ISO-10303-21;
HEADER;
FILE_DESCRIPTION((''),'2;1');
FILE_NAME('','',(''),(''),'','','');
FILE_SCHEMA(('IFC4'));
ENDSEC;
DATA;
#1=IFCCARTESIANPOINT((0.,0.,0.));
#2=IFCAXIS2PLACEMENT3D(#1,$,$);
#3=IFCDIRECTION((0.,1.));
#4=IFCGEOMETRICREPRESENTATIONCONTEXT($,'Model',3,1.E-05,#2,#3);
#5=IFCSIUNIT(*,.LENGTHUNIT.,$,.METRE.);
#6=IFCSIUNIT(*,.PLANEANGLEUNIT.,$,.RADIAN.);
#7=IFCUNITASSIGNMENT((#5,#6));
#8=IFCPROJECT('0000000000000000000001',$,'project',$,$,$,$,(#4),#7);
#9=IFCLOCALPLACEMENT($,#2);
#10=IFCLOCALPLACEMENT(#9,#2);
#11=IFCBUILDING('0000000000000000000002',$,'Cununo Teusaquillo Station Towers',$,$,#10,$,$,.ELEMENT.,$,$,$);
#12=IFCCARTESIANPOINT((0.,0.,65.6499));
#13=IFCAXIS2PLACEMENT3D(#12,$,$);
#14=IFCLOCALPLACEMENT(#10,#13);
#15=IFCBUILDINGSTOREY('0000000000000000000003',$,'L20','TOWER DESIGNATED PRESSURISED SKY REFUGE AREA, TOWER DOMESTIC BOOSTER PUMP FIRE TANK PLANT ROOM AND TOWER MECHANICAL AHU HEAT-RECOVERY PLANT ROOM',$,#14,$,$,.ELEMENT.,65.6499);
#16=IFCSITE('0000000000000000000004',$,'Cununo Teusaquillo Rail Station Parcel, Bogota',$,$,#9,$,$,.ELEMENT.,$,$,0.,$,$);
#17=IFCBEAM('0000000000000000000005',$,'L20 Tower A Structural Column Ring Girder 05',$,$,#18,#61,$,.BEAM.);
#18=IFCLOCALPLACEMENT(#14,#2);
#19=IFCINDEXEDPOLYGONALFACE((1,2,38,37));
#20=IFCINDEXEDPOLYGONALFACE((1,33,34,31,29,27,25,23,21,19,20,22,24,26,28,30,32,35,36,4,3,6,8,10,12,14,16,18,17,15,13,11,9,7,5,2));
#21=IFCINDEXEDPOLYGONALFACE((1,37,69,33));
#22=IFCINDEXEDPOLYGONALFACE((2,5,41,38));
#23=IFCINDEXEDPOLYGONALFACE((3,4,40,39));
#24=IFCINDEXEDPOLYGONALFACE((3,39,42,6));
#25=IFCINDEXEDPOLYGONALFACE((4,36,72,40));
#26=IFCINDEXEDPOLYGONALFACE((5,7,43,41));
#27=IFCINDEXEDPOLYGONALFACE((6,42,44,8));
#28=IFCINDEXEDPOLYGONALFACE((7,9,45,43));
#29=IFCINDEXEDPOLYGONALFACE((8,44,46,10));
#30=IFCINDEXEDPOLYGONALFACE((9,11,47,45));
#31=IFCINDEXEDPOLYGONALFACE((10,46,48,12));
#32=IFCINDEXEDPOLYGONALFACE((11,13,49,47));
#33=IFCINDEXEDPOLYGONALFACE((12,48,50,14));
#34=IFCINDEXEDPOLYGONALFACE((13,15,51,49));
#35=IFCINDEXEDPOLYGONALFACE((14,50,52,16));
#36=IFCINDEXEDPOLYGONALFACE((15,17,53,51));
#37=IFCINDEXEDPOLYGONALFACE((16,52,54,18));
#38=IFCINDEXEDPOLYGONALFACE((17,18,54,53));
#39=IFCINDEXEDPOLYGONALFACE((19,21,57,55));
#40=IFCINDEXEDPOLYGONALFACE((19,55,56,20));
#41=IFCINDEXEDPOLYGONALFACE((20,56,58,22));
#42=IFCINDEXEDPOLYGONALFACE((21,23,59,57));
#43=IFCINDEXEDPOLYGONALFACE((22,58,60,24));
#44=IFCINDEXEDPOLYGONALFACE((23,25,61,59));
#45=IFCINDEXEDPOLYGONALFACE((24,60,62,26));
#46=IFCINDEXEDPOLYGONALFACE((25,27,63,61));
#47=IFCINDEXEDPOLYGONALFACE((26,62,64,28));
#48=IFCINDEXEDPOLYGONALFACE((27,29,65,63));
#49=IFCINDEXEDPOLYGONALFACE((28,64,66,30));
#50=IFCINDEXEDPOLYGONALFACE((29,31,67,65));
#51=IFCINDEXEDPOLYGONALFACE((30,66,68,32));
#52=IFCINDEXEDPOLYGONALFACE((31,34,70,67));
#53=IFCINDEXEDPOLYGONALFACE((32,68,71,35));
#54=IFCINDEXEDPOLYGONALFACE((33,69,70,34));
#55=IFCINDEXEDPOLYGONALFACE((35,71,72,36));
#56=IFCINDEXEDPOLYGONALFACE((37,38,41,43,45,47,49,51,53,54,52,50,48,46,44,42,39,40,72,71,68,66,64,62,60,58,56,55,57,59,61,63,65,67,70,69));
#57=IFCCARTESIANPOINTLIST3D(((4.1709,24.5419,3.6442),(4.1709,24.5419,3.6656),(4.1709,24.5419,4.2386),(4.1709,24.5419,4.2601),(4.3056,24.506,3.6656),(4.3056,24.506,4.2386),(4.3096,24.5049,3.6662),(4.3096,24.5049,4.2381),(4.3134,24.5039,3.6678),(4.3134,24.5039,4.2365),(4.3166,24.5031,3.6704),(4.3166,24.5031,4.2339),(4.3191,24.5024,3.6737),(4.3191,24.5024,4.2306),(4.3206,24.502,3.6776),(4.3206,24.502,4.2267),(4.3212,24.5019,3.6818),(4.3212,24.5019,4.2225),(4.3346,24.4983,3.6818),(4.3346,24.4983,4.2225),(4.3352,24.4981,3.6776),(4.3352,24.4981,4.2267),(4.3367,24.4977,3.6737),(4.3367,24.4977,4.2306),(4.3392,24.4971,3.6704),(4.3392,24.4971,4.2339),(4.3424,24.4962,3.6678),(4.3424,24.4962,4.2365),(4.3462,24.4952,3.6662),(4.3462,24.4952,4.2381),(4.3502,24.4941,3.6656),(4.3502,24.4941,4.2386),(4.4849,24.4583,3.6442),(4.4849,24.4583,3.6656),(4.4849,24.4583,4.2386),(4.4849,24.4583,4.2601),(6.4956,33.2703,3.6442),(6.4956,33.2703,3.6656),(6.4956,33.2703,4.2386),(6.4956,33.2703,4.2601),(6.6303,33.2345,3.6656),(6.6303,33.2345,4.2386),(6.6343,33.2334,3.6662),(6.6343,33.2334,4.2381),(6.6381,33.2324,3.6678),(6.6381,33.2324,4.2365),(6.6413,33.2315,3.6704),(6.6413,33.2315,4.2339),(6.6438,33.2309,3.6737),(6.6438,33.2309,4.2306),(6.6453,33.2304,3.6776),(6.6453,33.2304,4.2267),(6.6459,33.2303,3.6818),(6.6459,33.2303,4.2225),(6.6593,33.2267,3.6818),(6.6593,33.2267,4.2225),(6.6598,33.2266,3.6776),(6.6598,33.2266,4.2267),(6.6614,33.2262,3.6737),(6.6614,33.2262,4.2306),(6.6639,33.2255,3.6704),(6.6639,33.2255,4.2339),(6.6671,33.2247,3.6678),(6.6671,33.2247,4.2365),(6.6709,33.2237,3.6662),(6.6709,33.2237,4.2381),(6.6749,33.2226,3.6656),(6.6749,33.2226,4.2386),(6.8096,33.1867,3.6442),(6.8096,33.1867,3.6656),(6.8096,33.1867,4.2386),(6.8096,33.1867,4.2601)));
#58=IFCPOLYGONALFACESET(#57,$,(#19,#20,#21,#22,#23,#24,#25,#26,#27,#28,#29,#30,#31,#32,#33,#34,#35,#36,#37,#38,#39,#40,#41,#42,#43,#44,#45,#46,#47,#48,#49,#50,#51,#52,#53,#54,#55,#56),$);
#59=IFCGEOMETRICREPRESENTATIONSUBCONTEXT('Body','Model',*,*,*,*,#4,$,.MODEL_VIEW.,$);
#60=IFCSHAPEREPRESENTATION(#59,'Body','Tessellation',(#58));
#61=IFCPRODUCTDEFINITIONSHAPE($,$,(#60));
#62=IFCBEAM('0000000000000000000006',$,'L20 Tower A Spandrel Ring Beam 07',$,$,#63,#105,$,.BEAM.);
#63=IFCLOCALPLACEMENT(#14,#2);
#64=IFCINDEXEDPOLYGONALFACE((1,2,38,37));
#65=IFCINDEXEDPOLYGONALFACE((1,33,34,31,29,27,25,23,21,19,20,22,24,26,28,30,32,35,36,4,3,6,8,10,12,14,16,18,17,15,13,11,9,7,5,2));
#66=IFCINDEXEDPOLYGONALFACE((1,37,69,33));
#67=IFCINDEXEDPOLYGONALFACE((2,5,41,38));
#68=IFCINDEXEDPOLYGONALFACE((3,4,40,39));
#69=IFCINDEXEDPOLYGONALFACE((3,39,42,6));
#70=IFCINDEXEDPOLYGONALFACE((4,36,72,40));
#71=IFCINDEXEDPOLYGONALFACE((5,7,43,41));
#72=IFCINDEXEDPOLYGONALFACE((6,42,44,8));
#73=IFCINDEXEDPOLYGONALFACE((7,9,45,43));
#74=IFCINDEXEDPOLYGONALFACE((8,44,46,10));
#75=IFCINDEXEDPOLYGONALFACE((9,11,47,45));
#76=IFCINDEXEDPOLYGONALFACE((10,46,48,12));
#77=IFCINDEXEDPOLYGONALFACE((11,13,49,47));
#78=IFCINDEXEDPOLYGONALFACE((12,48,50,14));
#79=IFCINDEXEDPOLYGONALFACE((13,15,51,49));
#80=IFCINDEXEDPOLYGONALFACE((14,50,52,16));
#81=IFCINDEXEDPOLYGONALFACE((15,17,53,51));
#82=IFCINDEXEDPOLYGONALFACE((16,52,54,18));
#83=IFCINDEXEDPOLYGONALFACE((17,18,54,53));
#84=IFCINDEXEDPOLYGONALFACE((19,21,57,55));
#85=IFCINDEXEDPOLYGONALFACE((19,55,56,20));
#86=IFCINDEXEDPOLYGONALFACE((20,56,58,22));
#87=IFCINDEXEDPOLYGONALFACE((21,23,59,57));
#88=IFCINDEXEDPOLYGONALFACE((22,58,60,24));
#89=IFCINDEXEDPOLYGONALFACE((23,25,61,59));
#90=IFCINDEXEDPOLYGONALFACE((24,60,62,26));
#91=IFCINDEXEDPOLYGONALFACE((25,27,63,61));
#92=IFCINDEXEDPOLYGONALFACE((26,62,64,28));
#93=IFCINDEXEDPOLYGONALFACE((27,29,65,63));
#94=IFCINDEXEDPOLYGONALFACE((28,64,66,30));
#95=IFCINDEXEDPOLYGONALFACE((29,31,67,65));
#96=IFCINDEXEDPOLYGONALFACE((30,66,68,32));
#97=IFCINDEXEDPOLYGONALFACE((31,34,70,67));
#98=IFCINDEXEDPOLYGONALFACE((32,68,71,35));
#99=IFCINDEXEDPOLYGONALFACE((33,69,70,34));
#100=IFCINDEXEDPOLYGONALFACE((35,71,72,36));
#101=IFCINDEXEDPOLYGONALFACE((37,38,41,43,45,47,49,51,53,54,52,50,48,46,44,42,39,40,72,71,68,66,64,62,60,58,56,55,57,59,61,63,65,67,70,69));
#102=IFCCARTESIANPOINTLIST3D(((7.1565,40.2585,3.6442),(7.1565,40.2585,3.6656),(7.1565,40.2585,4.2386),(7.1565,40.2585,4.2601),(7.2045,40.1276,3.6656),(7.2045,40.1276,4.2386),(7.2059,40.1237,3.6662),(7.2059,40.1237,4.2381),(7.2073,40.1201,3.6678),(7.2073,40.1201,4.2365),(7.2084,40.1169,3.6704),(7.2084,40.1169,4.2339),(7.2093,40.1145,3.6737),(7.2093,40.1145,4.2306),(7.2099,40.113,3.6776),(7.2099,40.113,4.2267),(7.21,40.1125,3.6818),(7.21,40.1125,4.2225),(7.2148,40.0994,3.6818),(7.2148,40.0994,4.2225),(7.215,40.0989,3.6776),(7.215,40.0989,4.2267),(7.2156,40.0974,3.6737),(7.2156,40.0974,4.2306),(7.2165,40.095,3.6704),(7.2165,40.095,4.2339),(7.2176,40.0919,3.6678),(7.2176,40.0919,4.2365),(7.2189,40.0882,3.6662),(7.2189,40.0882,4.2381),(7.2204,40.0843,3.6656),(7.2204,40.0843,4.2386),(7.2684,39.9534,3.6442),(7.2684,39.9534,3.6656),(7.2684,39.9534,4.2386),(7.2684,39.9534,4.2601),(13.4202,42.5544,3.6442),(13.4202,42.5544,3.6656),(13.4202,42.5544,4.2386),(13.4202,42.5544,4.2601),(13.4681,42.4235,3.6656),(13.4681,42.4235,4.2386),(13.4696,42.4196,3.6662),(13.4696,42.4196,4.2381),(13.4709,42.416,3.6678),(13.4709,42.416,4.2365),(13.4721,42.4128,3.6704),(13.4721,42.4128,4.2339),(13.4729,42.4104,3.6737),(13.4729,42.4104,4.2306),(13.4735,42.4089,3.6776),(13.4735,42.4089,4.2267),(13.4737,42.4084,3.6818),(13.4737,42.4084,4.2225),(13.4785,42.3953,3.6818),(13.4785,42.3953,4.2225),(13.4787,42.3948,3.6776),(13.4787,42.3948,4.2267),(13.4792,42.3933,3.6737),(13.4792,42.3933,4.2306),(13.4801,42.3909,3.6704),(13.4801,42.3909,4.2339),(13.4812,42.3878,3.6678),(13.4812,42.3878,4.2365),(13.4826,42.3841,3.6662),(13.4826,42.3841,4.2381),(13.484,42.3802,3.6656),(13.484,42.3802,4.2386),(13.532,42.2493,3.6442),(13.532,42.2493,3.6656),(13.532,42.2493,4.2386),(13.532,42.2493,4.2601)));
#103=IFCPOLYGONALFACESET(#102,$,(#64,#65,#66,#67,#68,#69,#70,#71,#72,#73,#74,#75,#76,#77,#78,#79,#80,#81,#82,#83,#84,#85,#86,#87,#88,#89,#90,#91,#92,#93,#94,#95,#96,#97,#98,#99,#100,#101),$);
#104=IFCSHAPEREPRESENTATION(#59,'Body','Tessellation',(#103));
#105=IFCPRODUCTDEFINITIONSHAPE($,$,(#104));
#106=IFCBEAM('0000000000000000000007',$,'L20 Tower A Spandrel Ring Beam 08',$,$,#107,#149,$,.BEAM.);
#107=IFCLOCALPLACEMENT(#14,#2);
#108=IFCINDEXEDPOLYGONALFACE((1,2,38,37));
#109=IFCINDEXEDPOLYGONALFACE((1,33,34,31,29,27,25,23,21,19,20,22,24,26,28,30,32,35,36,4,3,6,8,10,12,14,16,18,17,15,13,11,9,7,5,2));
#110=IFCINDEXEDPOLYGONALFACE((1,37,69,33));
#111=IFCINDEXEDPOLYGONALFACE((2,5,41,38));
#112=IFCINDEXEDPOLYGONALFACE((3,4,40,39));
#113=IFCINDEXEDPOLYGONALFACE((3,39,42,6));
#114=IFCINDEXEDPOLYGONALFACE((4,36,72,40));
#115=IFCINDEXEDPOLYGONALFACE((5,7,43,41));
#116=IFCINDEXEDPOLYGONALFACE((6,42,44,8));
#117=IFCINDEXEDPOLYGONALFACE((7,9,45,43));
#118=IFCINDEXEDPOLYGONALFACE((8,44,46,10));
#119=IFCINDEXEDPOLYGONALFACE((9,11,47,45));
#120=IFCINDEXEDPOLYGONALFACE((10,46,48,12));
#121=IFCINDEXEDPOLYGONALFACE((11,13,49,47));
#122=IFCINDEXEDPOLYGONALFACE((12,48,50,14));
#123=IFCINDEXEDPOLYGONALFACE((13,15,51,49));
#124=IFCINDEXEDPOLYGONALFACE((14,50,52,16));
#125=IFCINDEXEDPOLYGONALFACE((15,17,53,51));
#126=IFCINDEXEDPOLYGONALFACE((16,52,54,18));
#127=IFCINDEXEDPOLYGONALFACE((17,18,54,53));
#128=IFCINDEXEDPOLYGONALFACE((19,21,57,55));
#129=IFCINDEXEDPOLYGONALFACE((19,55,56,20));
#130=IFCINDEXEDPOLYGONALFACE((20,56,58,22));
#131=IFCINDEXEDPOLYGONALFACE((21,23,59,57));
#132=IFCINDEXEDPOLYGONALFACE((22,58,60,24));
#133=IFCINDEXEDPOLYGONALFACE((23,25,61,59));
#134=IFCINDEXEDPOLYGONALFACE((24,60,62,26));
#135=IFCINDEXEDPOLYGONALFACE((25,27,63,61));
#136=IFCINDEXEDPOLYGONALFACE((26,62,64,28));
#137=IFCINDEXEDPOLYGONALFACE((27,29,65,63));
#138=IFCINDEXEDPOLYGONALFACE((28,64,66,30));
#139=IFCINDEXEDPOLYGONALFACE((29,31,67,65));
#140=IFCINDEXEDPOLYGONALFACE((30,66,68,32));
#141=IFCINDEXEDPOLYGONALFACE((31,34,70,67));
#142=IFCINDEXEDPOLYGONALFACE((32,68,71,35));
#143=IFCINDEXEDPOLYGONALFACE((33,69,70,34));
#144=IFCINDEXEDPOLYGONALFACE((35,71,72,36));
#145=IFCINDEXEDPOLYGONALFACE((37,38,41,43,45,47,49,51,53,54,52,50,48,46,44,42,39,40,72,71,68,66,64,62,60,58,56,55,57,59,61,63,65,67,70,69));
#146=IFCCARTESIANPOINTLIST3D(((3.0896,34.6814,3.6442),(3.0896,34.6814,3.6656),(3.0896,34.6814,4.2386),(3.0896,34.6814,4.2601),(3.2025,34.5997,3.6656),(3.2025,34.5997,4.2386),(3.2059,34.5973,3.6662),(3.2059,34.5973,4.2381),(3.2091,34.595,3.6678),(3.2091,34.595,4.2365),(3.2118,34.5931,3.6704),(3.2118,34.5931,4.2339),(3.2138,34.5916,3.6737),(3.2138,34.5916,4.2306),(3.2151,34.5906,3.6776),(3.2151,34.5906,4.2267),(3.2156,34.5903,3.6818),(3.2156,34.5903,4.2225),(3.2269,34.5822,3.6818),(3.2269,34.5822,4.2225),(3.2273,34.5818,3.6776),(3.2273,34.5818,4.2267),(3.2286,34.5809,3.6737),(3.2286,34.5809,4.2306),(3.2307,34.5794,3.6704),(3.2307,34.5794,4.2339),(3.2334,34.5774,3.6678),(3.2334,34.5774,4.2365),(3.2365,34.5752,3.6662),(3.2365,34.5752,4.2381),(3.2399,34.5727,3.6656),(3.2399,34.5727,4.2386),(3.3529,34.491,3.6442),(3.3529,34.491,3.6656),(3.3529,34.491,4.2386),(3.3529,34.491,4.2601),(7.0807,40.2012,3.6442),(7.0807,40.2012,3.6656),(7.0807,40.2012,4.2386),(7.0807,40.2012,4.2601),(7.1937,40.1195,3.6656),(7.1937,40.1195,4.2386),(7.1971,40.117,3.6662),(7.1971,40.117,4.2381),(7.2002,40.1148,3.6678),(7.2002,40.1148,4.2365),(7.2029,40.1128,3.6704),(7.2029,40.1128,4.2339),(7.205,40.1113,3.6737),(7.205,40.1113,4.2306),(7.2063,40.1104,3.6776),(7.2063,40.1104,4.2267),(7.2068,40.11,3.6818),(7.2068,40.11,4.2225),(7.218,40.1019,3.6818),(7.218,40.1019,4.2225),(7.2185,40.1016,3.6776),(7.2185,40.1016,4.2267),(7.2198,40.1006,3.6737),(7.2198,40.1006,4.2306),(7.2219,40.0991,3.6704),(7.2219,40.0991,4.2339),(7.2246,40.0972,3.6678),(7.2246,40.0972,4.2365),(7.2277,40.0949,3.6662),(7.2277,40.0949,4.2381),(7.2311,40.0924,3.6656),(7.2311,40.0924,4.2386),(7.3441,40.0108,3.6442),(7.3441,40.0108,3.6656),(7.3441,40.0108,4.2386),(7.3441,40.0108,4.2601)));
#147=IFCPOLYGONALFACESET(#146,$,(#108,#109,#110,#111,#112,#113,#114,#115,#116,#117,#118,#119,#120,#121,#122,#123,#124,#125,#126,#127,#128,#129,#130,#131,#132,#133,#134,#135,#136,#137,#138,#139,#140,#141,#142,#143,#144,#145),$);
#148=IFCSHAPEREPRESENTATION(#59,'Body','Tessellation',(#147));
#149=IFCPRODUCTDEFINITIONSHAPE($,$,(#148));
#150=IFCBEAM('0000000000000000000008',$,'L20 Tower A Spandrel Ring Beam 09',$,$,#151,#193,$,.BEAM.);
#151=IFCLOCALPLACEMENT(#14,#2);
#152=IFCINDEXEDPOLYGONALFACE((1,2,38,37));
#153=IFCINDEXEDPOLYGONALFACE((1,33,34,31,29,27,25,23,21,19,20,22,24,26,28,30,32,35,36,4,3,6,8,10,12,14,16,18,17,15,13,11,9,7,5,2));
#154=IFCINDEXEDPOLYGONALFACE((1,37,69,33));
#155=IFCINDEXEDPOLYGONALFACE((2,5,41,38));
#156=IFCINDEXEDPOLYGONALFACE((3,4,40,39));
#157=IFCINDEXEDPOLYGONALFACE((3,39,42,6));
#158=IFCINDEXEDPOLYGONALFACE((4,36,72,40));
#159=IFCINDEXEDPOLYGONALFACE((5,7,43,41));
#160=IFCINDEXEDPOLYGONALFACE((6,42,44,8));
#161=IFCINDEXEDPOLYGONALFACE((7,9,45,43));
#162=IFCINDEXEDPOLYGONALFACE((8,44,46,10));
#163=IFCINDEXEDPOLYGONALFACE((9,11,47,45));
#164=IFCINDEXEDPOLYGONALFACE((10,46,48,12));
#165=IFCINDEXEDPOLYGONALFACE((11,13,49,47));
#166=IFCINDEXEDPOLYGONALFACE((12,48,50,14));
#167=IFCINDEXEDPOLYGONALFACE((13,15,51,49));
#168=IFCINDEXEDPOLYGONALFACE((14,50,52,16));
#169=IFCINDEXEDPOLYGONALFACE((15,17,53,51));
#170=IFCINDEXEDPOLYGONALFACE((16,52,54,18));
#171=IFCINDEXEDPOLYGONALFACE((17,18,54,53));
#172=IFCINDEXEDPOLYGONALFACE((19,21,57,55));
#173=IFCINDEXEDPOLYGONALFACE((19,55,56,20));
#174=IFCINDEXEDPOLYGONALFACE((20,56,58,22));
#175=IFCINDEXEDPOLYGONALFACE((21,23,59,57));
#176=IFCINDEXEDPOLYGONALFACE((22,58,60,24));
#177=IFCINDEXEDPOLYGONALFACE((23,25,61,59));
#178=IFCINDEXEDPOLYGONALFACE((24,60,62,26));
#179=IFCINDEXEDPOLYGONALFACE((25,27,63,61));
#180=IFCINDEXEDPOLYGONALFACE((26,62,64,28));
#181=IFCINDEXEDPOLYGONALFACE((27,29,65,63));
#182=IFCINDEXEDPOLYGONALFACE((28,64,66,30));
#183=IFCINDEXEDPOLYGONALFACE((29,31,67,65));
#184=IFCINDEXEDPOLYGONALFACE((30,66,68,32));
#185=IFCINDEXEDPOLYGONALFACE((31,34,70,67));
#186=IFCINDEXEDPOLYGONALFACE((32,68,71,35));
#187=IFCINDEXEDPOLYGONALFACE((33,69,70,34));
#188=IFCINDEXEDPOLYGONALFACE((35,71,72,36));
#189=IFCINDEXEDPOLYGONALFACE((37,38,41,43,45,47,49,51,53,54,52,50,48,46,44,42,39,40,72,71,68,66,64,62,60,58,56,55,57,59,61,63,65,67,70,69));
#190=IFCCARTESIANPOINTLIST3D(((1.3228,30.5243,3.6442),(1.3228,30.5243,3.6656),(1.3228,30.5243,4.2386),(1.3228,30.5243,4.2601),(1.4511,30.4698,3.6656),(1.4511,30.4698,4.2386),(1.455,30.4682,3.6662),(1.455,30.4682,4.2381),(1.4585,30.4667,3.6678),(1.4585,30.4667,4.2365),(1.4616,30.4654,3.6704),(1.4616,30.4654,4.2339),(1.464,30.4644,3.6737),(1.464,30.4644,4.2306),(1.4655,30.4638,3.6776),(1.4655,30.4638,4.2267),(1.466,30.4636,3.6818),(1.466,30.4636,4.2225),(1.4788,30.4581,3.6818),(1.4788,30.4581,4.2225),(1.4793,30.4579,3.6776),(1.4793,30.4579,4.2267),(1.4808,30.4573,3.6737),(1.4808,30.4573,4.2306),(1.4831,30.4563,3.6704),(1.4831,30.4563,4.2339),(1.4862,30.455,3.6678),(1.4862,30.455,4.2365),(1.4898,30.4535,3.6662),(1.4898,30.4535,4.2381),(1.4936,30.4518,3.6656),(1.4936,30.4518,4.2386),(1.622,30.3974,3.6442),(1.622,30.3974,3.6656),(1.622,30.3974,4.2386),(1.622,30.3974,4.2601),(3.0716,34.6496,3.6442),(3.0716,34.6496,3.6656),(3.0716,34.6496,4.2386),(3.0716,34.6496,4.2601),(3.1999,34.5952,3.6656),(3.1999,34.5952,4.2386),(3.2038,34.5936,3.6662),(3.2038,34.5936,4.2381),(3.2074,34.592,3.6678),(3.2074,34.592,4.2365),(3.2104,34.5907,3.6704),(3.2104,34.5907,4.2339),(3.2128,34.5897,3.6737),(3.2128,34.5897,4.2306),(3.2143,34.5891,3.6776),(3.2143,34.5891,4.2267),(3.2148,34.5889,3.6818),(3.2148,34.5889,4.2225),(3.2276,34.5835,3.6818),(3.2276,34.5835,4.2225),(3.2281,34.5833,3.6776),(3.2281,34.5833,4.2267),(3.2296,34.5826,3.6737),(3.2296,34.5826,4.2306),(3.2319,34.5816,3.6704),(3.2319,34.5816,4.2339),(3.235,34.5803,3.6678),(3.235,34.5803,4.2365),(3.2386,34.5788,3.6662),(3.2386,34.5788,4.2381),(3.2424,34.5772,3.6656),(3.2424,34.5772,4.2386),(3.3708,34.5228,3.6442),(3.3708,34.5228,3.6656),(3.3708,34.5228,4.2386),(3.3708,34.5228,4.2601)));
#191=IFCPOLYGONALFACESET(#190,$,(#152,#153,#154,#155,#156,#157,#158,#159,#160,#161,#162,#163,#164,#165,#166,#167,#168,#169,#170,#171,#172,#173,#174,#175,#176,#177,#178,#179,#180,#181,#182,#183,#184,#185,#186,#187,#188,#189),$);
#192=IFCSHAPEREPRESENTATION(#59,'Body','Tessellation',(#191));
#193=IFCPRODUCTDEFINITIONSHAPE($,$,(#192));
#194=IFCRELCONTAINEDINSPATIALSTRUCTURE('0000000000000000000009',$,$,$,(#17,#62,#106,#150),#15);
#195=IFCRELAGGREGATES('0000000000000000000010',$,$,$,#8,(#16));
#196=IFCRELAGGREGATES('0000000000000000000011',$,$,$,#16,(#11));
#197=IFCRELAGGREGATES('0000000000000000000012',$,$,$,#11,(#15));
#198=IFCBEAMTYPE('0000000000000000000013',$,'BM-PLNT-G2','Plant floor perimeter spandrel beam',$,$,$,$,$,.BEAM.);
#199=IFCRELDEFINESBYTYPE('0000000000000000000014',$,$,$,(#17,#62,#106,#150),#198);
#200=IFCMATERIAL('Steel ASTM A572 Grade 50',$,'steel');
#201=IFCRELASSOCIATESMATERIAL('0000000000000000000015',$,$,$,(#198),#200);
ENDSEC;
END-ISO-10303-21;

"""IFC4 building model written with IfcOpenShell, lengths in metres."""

from ifc_helpers import new_model, si_unit, direction, frame, origin, origin_2d, place, context, subcontext, project, spatial, i_section, extrude, material, material_profile, profile_set, type_object, element, save


model = new_model("IFC4")

# Units and contexts
model_context = context("Model", 3, precision=1e-05, world=origin(), true_north=direction((0.0, 1.0)))
body_context = subcontext(model_context, "Body", "Model", "MODEL_VIEW")
ifc_project = project(units=[si_unit("LENGTHUNIT", "METRE"), si_unit("PLANEANGLEUNIT", "RADIAN")], contexts=[model_context])

# Site, building, storey
site_placement = place(None, origin())
site = spatial("IfcSite", under=ifc_project, at=site_placement, Name="Cununo Teusaquillo Rail Station Parcel, Bogota", CompositionType="ELEMENT", RefElevation=0.0)
building_placement = place(site_placement, origin())
building = spatial("IfcBuilding", under=site, at=building_placement, Name="Cununo Teusaquillo Station Towers", CompositionType="ELEMENT")
storey_placement = place(building_placement, frame((0.0, 0.0, 65.6499)))
storey = spatial("IfcBuildingStorey", under=building, at=storey_placement, Name="L20", Description="TOWER DESIGNATED PRESSURISED SKY REFUGE AREA, TOWER DOMESTIC BOOSTER PUMP FIRE TANK PLANT ROOM AND TOWER MECHANICAL AHU HEAT-RECOVERY PLANT ROOM", CompositionType="ELEMENT", Elevation=65.6499)

# Beams
ifc_material_1 = material(Name="Steel ASTM A572 Grade 50", Category="steel")
ifc_material_profile_1 = material_profile(ifc_material_1, i_section(OverallWidth=0.325, OverallDepth=0.616, WebThickness=0.0139, FlangeThickness=0.0215, FilletRadius=0.0161, at=origin_2d()), Name="W24X117")
ifc_profile_set_1 = profile_set([ifc_material_profile_1], Name="Steel ASTM A572 Grade 50")
beam_type_1 = type_object("IfcBeamType", Name="BM-PLNT-G2", Description="Plant floor perimeter spandrel beam", PredefinedType="BEAM", material=ifc_profile_set_1)
beam_1_placement = place(storey_placement, frame((6.6526, 33.2285, 3.9521), z_axis=(-0.257363, -0.966315, 0.0), x_axis=(0.966315, -0.257363, 0.0)))
element("IfcBeam", 1, at=beam_1_placement, inside=storey, type_object=beam_type_1, Name="L20 Tower A Structural Column Ring Girder 05", PredefinedType="BEAM", context=body_context, shape_type="SweptSolid", body=[
    extrude(i_section(OverallWidth=0.325, OverallDepth=0.616, WebThickness=0.0139, FlangeThickness=0.0215, FilletRadius=0.0161, at=origin_2d()), origin(), (0.0, 0.0, 1.0), 9.0327),
])
beam_2_placement = place(storey_placement, frame((13.4761, 42.4019, 3.9521), z_axis=(-0.938914, -0.344151, 0.0), x_axis=(0.344151, -0.938914, 0.0)))
element("IfcBeam", 2, at=beam_2_placement, inside=storey, type_object=beam_type_1, Name="L20 Tower A Spandrel Ring Beam 07", PredefinedType="BEAM", context=body_context, shape_type="SweptSolid", body=[
    extrude(i_section(OverallWidth=0.325, OverallDepth=0.616, WebThickness=0.0139, FlangeThickness=0.0215, FilletRadius=0.0161, at=origin_2d()), origin(), (0.0, 0.0, 1.0), 6.6711),
])
beam_3_placement = place(storey_placement, frame((7.2124, 40.106, 3.9521), z_axis=(-0.585945, -0.810351, 0.0), x_axis=(0.810351, -0.585945, 0.0)))
element("IfcBeam", 3, at=beam_3_placement, inside=storey, type_object=beam_type_1, Name="L20 Tower A Spandrel Ring Beam 08", PredefinedType="BEAM", context=body_context, shape_type="SweptSolid", body=[
    extrude(i_section(OverallWidth=0.325, OverallDepth=0.616, WebThickness=0.0139, FlangeThickness=0.0215, FilletRadius=0.0161, at=origin_2d()), origin(), (0.0, 0.0, 1.0), 6.8115),
])
beam_4_placement = place(storey_placement, frame((3.2212, 34.5862, 3.9521), z_axis=(-0.390299, -0.920688, 0.0), x_axis=(0.920688, -0.390299, 0.0)))
element("IfcBeam", 4, at=beam_4_placement, inside=storey, type_object=beam_type_1, Name="L20 Tower A Spandrel Ring Beam 09", PredefinedType="BEAM", context=body_context, shape_type="SweptSolid", body=[
    extrude(i_section(OverallWidth=0.325, OverallDepth=0.616, WebThickness=0.0139, FlangeThickness=0.0215, FilletRadius=0.0161, at=origin_2d()), origin(), (0.0, 0.0, 1.0), 4.4807),
])

save(model, "model.ifc")
